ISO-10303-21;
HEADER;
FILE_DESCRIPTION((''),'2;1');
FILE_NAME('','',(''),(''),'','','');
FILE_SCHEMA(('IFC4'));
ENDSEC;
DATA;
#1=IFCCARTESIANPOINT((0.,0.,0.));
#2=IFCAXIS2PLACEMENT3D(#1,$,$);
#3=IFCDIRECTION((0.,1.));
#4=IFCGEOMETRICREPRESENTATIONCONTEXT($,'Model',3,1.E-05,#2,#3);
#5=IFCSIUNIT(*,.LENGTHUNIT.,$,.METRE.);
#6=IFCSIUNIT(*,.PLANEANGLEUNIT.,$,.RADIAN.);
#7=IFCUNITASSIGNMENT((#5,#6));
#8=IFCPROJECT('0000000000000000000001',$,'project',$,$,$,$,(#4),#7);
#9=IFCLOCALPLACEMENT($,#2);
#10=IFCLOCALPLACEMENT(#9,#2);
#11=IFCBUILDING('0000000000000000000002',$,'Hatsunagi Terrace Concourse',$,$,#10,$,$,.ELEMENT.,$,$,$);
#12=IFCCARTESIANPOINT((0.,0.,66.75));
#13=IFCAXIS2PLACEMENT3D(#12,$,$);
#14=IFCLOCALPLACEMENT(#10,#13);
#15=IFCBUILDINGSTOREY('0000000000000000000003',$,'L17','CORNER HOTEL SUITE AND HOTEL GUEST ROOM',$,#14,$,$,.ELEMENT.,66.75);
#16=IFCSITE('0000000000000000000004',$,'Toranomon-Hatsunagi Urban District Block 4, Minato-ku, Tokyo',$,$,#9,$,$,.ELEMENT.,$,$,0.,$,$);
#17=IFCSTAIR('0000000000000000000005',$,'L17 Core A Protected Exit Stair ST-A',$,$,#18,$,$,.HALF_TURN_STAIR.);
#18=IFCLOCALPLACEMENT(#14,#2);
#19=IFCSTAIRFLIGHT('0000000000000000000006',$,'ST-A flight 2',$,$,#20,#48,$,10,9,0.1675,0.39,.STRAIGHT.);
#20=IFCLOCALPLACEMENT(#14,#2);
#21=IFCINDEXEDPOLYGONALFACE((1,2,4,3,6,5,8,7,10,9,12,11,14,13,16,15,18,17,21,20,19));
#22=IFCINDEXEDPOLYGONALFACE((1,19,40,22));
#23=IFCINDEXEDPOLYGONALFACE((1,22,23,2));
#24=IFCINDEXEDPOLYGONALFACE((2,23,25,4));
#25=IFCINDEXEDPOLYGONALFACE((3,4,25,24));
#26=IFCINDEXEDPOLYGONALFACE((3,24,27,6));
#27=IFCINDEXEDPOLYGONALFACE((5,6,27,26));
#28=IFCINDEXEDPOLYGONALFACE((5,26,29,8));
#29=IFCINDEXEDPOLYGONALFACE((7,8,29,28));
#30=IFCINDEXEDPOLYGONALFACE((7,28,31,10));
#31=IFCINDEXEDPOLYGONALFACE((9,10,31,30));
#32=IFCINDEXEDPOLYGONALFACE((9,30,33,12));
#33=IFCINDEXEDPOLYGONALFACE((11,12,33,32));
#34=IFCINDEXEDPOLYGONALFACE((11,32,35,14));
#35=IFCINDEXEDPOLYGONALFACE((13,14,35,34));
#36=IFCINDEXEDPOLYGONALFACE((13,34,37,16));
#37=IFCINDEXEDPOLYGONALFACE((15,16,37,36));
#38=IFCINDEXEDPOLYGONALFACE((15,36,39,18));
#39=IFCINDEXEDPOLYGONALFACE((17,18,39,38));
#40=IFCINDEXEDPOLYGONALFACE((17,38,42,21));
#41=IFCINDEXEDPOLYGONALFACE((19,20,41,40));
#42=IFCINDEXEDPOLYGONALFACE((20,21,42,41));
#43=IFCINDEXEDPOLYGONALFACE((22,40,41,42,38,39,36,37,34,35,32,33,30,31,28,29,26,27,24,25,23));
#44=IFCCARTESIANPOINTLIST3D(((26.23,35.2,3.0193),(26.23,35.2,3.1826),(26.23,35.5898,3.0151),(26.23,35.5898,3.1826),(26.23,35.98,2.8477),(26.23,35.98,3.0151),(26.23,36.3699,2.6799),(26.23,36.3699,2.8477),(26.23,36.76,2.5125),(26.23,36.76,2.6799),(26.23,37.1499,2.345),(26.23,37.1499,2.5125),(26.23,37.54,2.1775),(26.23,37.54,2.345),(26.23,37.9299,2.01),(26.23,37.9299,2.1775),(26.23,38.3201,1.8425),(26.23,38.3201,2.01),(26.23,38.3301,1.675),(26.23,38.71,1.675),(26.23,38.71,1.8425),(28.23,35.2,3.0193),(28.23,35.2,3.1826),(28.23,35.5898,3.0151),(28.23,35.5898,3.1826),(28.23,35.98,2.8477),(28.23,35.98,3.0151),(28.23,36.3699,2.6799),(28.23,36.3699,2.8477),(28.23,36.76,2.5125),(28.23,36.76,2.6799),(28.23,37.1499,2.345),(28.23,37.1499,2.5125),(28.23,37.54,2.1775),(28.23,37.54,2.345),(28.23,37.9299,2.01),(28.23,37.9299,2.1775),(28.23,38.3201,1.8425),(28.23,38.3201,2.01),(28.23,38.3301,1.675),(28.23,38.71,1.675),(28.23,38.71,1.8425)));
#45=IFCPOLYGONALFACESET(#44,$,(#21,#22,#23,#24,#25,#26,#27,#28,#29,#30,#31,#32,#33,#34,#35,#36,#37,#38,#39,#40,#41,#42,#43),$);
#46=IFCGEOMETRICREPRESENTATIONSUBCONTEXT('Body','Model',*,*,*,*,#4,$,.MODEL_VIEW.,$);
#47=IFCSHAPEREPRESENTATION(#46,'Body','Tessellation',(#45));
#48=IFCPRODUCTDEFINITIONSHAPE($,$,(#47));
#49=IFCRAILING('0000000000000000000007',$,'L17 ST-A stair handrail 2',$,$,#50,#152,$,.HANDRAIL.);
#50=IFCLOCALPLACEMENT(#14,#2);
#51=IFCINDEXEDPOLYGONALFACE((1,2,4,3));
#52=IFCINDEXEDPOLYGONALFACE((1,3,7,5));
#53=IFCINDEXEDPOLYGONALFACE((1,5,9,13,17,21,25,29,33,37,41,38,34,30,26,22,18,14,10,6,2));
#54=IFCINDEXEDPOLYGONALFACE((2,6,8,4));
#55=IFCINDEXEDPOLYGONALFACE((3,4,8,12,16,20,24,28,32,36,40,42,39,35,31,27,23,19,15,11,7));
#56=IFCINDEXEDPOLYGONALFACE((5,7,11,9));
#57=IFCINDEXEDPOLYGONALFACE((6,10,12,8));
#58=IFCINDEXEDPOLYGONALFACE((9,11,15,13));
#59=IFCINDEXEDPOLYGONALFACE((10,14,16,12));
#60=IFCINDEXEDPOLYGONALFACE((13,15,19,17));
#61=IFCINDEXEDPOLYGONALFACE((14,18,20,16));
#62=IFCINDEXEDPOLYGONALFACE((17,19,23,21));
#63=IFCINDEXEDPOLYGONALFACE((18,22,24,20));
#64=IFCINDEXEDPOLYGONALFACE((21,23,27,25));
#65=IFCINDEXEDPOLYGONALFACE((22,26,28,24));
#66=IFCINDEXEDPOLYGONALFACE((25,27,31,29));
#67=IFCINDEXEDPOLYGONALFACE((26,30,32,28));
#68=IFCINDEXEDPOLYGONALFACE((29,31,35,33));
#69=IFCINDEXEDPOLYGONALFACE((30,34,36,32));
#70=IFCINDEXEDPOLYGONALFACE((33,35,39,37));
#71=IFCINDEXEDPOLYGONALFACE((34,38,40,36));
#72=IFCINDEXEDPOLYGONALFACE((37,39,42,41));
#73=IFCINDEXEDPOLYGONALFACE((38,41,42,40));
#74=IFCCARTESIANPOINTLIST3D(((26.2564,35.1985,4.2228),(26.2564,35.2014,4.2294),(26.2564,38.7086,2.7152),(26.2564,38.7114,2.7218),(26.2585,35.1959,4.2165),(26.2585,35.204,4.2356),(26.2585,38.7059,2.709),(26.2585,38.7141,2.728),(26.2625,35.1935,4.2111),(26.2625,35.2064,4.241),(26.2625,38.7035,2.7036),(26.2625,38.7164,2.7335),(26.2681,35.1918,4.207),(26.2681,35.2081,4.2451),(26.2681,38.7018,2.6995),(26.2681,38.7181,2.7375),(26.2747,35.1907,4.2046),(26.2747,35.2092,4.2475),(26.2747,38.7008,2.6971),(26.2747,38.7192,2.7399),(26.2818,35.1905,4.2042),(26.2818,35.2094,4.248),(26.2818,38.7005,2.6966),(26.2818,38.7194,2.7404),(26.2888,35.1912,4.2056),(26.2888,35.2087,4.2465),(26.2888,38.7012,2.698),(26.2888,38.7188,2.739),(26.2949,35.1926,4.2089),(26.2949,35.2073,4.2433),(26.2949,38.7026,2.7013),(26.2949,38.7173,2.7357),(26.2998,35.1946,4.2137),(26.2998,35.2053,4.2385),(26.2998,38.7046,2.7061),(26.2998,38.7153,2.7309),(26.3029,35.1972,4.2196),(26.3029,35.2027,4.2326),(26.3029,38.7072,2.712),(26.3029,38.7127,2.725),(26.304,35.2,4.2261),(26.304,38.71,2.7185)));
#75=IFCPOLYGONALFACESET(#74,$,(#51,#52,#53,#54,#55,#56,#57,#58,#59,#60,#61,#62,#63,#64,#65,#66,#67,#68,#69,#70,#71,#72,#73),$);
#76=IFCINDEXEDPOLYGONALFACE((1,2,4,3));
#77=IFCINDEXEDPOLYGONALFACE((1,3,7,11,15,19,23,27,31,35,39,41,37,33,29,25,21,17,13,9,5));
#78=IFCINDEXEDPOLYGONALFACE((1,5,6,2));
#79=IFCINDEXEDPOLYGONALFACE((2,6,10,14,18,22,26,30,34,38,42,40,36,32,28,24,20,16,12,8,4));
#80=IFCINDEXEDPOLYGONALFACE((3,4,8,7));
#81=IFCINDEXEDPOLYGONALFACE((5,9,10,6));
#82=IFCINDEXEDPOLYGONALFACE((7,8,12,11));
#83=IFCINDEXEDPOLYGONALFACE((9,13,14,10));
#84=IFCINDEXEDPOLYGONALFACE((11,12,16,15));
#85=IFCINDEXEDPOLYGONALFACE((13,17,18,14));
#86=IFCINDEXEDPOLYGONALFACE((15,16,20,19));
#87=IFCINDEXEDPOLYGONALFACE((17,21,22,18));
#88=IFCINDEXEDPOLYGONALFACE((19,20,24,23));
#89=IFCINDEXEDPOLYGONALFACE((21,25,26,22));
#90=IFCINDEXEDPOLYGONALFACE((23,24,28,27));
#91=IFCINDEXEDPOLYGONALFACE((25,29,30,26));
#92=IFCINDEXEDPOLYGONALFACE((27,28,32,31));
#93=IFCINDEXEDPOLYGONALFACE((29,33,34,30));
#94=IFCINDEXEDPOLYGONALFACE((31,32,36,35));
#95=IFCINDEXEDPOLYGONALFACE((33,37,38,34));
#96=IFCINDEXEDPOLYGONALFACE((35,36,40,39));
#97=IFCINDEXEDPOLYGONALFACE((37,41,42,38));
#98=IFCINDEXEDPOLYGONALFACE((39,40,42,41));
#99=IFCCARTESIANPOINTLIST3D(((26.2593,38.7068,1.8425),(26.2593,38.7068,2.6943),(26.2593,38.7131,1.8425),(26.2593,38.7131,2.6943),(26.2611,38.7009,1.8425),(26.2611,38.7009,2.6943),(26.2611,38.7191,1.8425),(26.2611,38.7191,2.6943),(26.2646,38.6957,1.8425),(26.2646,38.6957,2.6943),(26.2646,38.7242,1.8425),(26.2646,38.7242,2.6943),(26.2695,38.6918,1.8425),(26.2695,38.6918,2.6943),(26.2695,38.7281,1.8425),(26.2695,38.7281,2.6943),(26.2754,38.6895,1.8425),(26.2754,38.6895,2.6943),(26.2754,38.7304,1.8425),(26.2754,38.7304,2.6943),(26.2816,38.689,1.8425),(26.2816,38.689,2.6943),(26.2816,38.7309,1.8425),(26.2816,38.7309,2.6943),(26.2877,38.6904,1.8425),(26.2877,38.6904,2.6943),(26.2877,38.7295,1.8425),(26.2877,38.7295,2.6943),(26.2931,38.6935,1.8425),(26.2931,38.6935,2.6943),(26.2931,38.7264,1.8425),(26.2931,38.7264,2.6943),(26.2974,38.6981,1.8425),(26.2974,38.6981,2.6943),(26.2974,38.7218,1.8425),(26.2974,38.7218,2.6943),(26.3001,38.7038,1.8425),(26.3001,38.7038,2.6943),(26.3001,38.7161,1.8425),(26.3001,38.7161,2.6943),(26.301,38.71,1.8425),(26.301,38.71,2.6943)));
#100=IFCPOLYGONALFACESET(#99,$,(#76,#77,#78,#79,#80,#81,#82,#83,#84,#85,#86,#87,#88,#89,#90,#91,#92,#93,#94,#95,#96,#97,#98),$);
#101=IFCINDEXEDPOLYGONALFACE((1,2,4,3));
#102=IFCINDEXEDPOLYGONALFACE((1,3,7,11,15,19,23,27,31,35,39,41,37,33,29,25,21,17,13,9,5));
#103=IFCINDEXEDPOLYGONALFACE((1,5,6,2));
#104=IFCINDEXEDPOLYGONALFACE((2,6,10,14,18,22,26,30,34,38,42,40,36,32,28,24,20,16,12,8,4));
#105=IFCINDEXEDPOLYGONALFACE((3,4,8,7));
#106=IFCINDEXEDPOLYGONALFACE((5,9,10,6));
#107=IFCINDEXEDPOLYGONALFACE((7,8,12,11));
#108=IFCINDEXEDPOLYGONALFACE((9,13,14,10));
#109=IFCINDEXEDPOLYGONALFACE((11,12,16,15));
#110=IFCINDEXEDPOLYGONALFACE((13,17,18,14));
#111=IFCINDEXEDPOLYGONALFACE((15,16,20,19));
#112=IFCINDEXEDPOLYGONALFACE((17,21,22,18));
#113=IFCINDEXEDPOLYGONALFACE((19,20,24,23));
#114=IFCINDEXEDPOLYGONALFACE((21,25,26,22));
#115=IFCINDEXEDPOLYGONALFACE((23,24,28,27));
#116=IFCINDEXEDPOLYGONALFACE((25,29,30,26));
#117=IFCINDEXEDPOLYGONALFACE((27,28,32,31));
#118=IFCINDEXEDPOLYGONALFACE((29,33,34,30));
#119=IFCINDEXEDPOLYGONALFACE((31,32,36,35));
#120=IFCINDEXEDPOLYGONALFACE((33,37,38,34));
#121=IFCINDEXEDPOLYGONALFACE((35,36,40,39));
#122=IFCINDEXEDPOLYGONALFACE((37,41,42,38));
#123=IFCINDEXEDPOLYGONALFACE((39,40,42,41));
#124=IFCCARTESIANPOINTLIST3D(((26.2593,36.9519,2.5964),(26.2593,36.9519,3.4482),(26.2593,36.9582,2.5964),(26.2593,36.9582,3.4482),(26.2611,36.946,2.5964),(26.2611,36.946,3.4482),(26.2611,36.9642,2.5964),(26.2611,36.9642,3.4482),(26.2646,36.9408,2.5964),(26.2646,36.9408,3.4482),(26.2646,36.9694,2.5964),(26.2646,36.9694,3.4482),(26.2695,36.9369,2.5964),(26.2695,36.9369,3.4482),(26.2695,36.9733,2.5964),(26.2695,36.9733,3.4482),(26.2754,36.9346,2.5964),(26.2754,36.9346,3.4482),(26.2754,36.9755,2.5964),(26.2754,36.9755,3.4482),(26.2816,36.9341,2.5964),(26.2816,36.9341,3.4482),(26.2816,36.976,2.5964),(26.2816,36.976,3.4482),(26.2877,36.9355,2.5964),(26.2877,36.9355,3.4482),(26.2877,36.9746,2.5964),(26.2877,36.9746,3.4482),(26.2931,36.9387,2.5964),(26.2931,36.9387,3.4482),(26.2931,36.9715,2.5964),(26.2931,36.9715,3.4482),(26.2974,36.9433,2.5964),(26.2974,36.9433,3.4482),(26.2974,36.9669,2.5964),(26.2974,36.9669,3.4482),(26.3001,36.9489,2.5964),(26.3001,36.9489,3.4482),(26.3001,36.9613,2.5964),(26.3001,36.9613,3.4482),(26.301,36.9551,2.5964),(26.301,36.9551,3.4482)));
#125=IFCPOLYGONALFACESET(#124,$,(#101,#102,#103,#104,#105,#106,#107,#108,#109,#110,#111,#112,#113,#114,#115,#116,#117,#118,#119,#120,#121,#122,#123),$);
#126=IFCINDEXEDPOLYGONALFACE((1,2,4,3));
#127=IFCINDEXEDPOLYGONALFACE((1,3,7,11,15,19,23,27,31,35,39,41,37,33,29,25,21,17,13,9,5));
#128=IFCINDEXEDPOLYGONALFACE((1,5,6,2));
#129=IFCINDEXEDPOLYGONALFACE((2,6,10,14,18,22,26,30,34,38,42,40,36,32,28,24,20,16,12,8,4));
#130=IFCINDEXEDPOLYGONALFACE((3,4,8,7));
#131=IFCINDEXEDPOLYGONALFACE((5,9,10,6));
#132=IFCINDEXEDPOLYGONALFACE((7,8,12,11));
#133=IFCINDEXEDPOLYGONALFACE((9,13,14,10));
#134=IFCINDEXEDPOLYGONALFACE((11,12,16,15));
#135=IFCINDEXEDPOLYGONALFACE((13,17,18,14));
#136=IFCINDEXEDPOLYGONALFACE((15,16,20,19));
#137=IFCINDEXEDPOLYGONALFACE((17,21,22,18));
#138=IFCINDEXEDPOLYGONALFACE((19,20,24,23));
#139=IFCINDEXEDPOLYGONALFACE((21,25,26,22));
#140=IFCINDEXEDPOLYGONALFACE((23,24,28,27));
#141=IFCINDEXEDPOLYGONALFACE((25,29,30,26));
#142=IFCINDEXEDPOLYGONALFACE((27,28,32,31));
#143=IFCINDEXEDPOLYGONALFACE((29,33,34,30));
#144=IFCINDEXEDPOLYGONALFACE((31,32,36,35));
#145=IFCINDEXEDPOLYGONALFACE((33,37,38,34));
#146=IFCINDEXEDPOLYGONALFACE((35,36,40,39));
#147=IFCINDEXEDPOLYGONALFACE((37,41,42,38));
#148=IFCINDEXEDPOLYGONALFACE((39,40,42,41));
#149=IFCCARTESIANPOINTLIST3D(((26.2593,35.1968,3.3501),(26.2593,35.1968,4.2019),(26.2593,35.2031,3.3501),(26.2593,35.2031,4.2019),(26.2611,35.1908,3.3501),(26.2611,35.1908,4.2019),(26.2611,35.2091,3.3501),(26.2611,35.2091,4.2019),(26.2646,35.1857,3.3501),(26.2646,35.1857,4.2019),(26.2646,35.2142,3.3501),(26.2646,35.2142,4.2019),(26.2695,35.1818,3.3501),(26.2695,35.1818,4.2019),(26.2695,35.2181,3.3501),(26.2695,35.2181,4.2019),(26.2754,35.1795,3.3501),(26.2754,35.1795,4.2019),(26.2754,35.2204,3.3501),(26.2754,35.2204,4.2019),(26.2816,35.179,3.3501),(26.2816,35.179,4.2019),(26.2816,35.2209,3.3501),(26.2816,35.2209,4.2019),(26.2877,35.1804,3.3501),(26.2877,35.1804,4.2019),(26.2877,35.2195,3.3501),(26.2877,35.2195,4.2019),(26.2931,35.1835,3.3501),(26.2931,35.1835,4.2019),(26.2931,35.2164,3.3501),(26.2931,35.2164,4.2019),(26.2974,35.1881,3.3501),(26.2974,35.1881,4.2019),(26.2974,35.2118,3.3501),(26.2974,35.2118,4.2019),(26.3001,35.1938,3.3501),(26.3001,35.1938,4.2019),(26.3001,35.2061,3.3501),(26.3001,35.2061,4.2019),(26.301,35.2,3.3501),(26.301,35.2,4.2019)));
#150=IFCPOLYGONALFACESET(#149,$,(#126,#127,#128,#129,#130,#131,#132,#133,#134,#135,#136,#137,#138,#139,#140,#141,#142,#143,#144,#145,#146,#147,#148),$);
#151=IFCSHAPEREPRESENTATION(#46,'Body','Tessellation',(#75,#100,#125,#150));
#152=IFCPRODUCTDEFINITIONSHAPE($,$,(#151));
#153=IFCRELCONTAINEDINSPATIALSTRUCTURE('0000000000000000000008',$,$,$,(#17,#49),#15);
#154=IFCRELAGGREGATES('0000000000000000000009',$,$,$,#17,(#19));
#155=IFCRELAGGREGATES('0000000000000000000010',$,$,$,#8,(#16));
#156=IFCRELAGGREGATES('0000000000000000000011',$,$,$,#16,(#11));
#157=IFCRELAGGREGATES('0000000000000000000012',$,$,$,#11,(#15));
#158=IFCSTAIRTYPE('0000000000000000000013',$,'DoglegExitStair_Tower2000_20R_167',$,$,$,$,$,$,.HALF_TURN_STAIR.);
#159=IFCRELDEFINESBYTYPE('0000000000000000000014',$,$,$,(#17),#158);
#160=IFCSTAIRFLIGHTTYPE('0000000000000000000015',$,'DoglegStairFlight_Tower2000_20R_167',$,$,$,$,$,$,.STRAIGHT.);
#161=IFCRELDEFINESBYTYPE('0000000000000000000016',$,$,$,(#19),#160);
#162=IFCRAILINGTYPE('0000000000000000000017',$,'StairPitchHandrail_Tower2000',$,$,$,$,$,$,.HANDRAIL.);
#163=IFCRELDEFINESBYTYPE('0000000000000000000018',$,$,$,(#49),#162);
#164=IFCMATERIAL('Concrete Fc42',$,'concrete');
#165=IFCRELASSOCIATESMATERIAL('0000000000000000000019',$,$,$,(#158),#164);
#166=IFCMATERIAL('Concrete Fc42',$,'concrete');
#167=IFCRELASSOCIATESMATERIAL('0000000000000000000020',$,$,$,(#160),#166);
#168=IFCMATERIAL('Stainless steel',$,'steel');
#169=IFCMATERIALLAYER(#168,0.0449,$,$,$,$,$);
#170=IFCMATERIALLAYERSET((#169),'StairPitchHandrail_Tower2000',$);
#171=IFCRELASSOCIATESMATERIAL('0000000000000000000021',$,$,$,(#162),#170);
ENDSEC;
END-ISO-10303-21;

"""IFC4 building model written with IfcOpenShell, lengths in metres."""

from ifc_helpers import new_model, si_unit, direction, frame, origin, origin_2d, place, context, subcontext, project, spatial, polyline, circle, outline, extrude, material, layer, layer_set, type_object, element, aggregate, save


model = new_model("IFC4")

# Units and contexts
model_context = context("Model", 3, precision=1e-05, world=origin(), true_north=direction((0.0, 1.0)))
body_context = subcontext(model_context, "Body", "Model", "MODEL_VIEW")
ifc_project = project(units=[si_unit("LENGTHUNIT", "METRE"), si_unit("PLANEANGLEUNIT", "RADIAN")], contexts=[model_context])

# Site, building, storey
site_placement = place(None, origin())
site = spatial("IfcSite", under=ifc_project, at=site_placement, Name="Toranomon-Hatsunagi Urban District Block 4, Minato-ku, Tokyo", CompositionType="ELEMENT", RefElevation=0.0)
building_placement = place(site_placement, origin())
building = spatial("IfcBuilding", under=site, at=building_placement, Name="Hatsunagi Terrace Concourse", CompositionType="ELEMENT")
storey_placement = place(building_placement, frame((0.0, 0.0, 66.75)))
storey = spatial("IfcBuildingStorey", under=building, at=storey_placement, Name="L17", Description="CORNER HOTEL SUITE AND HOTEL GUEST ROOM", CompositionType="ELEMENT", Elevation=66.75)

# Stair, stair flight
ifc_material_1 = material(Name="Concrete Fc42", Category="concrete")
stair_type = type_object("IfcStairType", Name="DoglegExitStair_Tower2000_20R_167", PredefinedType="HALF_TURN_STAIR", material=ifc_material_1)
stair_placement = place(storey_placement, origin())
stair = element("IfcStair", 1, at=stair_placement, inside=storey, type_object=stair_type, Name="L17 Core A Protected Exit Stair ST-A", PredefinedType="HALF_TURN_STAIR")
ifc_material_2 = material(Name="Concrete Fc42", Category="concrete")
stair_flight_type = type_object("IfcStairFlightType", Name="DoglegStairFlight_Tower2000_20R_167", PredefinedType="STRAIGHT", material=ifc_material_2)
stair_flight_1_placement = place(storey_placement, frame((27.23, 38.71, 1.675), z_axis=(0.0, 0.0, 1.0), x_axis=(0.0, -1.0, 0.0)))
stair_flight_1 = element("IfcStairFlight", 2, at=stair_flight_1_placement, type_object=stair_flight_type, Name="ST-A flight 2", NumberOfRisers=10, NumberOfTreads=9, PredefinedType="STRAIGHT", RiserHeight=0.1675, TreadLength=0.39, context=body_context, shape_type="SweptSolid", body=[
    extrude(outline(polyline([(0.0, 0.0), (0.0, 0.1675), (0.3899, 0.1675), (0.3899, 0.335), (0.78, 0.335), (0.78, 0.5024), (1.1699, 0.5024), (1.1699, 0.6699), (1.5601, 0.6699), (1.5601, 0.8374), (1.95, 0.8374), (1.95, 1.0049), (2.3401, 1.0049), (2.3401, 1.1726), (2.73, 1.1726), (2.73, 1.3401), (3.1201, 1.3401), (3.1201, 1.5076), (3.51, 1.5076), (3.51, 1.675), (3.51, 1.3442), (0.3799, 0.0), (0.0, 0.0)])), frame((0.0, 1.0, 0.0), z_axis=(0.0, -1.0, 0.0), x_axis=(1.0, 0.0, 0.0)), (0.0, 0.0, 1.0), 2.0),
])
aggregate(stair, [stair_flight_1])

# Railing
ifc_material_3 = material(Name="Stainless steel", Category="steel")
ifc_layer_1 = layer(ifc_material_3, 0.0449)
ifc_layer_set_1 = layer_set([ifc_layer_1], Name="StairPitchHandrail_Tower2000")
railing_type_1 = type_object("IfcRailingType", Name="StairPitchHandrail_Tower2000", PredefinedType="HANDRAIL", material=ifc_layer_set_1)
railing_1_placement = place(storey_placement, frame((26.28, 38.71, 1.8425)))
element("IfcRailing", 3, at=railing_1_placement, inside=storey, type_object=railing_type_1, Name="L17 ST-A stair handrail 2", PredefinedType="HANDRAIL", context=body_context, shape_type="SweptSolid", body=[
    extrude(circle(Radius=0.0239, at=origin_2d()), frame((0.0, 0.0, 0.876), z_axis=(0.0, -0.918834, 0.394644), x_axis=(1.0, 0.0, 0.0)), (0.0, 0.0, 1.0), 3.8201),
    extrude(circle(Radius=0.021, at=origin_2d()), origin(), (0.0, 0.0, 1.0), 0.8518),
    extrude(circle(Radius=0.021, at=origin_2d()), frame((0.0, -1.7549, 0.7539)), (0.0, 0.0, 1.0), 0.8518),
    extrude(circle(Radius=0.021, at=origin_2d()), frame((0.0, -3.51, 1.5076)), (0.0, 0.0, 1.0), 0.8518),
])

save(model, "model.ifc")
